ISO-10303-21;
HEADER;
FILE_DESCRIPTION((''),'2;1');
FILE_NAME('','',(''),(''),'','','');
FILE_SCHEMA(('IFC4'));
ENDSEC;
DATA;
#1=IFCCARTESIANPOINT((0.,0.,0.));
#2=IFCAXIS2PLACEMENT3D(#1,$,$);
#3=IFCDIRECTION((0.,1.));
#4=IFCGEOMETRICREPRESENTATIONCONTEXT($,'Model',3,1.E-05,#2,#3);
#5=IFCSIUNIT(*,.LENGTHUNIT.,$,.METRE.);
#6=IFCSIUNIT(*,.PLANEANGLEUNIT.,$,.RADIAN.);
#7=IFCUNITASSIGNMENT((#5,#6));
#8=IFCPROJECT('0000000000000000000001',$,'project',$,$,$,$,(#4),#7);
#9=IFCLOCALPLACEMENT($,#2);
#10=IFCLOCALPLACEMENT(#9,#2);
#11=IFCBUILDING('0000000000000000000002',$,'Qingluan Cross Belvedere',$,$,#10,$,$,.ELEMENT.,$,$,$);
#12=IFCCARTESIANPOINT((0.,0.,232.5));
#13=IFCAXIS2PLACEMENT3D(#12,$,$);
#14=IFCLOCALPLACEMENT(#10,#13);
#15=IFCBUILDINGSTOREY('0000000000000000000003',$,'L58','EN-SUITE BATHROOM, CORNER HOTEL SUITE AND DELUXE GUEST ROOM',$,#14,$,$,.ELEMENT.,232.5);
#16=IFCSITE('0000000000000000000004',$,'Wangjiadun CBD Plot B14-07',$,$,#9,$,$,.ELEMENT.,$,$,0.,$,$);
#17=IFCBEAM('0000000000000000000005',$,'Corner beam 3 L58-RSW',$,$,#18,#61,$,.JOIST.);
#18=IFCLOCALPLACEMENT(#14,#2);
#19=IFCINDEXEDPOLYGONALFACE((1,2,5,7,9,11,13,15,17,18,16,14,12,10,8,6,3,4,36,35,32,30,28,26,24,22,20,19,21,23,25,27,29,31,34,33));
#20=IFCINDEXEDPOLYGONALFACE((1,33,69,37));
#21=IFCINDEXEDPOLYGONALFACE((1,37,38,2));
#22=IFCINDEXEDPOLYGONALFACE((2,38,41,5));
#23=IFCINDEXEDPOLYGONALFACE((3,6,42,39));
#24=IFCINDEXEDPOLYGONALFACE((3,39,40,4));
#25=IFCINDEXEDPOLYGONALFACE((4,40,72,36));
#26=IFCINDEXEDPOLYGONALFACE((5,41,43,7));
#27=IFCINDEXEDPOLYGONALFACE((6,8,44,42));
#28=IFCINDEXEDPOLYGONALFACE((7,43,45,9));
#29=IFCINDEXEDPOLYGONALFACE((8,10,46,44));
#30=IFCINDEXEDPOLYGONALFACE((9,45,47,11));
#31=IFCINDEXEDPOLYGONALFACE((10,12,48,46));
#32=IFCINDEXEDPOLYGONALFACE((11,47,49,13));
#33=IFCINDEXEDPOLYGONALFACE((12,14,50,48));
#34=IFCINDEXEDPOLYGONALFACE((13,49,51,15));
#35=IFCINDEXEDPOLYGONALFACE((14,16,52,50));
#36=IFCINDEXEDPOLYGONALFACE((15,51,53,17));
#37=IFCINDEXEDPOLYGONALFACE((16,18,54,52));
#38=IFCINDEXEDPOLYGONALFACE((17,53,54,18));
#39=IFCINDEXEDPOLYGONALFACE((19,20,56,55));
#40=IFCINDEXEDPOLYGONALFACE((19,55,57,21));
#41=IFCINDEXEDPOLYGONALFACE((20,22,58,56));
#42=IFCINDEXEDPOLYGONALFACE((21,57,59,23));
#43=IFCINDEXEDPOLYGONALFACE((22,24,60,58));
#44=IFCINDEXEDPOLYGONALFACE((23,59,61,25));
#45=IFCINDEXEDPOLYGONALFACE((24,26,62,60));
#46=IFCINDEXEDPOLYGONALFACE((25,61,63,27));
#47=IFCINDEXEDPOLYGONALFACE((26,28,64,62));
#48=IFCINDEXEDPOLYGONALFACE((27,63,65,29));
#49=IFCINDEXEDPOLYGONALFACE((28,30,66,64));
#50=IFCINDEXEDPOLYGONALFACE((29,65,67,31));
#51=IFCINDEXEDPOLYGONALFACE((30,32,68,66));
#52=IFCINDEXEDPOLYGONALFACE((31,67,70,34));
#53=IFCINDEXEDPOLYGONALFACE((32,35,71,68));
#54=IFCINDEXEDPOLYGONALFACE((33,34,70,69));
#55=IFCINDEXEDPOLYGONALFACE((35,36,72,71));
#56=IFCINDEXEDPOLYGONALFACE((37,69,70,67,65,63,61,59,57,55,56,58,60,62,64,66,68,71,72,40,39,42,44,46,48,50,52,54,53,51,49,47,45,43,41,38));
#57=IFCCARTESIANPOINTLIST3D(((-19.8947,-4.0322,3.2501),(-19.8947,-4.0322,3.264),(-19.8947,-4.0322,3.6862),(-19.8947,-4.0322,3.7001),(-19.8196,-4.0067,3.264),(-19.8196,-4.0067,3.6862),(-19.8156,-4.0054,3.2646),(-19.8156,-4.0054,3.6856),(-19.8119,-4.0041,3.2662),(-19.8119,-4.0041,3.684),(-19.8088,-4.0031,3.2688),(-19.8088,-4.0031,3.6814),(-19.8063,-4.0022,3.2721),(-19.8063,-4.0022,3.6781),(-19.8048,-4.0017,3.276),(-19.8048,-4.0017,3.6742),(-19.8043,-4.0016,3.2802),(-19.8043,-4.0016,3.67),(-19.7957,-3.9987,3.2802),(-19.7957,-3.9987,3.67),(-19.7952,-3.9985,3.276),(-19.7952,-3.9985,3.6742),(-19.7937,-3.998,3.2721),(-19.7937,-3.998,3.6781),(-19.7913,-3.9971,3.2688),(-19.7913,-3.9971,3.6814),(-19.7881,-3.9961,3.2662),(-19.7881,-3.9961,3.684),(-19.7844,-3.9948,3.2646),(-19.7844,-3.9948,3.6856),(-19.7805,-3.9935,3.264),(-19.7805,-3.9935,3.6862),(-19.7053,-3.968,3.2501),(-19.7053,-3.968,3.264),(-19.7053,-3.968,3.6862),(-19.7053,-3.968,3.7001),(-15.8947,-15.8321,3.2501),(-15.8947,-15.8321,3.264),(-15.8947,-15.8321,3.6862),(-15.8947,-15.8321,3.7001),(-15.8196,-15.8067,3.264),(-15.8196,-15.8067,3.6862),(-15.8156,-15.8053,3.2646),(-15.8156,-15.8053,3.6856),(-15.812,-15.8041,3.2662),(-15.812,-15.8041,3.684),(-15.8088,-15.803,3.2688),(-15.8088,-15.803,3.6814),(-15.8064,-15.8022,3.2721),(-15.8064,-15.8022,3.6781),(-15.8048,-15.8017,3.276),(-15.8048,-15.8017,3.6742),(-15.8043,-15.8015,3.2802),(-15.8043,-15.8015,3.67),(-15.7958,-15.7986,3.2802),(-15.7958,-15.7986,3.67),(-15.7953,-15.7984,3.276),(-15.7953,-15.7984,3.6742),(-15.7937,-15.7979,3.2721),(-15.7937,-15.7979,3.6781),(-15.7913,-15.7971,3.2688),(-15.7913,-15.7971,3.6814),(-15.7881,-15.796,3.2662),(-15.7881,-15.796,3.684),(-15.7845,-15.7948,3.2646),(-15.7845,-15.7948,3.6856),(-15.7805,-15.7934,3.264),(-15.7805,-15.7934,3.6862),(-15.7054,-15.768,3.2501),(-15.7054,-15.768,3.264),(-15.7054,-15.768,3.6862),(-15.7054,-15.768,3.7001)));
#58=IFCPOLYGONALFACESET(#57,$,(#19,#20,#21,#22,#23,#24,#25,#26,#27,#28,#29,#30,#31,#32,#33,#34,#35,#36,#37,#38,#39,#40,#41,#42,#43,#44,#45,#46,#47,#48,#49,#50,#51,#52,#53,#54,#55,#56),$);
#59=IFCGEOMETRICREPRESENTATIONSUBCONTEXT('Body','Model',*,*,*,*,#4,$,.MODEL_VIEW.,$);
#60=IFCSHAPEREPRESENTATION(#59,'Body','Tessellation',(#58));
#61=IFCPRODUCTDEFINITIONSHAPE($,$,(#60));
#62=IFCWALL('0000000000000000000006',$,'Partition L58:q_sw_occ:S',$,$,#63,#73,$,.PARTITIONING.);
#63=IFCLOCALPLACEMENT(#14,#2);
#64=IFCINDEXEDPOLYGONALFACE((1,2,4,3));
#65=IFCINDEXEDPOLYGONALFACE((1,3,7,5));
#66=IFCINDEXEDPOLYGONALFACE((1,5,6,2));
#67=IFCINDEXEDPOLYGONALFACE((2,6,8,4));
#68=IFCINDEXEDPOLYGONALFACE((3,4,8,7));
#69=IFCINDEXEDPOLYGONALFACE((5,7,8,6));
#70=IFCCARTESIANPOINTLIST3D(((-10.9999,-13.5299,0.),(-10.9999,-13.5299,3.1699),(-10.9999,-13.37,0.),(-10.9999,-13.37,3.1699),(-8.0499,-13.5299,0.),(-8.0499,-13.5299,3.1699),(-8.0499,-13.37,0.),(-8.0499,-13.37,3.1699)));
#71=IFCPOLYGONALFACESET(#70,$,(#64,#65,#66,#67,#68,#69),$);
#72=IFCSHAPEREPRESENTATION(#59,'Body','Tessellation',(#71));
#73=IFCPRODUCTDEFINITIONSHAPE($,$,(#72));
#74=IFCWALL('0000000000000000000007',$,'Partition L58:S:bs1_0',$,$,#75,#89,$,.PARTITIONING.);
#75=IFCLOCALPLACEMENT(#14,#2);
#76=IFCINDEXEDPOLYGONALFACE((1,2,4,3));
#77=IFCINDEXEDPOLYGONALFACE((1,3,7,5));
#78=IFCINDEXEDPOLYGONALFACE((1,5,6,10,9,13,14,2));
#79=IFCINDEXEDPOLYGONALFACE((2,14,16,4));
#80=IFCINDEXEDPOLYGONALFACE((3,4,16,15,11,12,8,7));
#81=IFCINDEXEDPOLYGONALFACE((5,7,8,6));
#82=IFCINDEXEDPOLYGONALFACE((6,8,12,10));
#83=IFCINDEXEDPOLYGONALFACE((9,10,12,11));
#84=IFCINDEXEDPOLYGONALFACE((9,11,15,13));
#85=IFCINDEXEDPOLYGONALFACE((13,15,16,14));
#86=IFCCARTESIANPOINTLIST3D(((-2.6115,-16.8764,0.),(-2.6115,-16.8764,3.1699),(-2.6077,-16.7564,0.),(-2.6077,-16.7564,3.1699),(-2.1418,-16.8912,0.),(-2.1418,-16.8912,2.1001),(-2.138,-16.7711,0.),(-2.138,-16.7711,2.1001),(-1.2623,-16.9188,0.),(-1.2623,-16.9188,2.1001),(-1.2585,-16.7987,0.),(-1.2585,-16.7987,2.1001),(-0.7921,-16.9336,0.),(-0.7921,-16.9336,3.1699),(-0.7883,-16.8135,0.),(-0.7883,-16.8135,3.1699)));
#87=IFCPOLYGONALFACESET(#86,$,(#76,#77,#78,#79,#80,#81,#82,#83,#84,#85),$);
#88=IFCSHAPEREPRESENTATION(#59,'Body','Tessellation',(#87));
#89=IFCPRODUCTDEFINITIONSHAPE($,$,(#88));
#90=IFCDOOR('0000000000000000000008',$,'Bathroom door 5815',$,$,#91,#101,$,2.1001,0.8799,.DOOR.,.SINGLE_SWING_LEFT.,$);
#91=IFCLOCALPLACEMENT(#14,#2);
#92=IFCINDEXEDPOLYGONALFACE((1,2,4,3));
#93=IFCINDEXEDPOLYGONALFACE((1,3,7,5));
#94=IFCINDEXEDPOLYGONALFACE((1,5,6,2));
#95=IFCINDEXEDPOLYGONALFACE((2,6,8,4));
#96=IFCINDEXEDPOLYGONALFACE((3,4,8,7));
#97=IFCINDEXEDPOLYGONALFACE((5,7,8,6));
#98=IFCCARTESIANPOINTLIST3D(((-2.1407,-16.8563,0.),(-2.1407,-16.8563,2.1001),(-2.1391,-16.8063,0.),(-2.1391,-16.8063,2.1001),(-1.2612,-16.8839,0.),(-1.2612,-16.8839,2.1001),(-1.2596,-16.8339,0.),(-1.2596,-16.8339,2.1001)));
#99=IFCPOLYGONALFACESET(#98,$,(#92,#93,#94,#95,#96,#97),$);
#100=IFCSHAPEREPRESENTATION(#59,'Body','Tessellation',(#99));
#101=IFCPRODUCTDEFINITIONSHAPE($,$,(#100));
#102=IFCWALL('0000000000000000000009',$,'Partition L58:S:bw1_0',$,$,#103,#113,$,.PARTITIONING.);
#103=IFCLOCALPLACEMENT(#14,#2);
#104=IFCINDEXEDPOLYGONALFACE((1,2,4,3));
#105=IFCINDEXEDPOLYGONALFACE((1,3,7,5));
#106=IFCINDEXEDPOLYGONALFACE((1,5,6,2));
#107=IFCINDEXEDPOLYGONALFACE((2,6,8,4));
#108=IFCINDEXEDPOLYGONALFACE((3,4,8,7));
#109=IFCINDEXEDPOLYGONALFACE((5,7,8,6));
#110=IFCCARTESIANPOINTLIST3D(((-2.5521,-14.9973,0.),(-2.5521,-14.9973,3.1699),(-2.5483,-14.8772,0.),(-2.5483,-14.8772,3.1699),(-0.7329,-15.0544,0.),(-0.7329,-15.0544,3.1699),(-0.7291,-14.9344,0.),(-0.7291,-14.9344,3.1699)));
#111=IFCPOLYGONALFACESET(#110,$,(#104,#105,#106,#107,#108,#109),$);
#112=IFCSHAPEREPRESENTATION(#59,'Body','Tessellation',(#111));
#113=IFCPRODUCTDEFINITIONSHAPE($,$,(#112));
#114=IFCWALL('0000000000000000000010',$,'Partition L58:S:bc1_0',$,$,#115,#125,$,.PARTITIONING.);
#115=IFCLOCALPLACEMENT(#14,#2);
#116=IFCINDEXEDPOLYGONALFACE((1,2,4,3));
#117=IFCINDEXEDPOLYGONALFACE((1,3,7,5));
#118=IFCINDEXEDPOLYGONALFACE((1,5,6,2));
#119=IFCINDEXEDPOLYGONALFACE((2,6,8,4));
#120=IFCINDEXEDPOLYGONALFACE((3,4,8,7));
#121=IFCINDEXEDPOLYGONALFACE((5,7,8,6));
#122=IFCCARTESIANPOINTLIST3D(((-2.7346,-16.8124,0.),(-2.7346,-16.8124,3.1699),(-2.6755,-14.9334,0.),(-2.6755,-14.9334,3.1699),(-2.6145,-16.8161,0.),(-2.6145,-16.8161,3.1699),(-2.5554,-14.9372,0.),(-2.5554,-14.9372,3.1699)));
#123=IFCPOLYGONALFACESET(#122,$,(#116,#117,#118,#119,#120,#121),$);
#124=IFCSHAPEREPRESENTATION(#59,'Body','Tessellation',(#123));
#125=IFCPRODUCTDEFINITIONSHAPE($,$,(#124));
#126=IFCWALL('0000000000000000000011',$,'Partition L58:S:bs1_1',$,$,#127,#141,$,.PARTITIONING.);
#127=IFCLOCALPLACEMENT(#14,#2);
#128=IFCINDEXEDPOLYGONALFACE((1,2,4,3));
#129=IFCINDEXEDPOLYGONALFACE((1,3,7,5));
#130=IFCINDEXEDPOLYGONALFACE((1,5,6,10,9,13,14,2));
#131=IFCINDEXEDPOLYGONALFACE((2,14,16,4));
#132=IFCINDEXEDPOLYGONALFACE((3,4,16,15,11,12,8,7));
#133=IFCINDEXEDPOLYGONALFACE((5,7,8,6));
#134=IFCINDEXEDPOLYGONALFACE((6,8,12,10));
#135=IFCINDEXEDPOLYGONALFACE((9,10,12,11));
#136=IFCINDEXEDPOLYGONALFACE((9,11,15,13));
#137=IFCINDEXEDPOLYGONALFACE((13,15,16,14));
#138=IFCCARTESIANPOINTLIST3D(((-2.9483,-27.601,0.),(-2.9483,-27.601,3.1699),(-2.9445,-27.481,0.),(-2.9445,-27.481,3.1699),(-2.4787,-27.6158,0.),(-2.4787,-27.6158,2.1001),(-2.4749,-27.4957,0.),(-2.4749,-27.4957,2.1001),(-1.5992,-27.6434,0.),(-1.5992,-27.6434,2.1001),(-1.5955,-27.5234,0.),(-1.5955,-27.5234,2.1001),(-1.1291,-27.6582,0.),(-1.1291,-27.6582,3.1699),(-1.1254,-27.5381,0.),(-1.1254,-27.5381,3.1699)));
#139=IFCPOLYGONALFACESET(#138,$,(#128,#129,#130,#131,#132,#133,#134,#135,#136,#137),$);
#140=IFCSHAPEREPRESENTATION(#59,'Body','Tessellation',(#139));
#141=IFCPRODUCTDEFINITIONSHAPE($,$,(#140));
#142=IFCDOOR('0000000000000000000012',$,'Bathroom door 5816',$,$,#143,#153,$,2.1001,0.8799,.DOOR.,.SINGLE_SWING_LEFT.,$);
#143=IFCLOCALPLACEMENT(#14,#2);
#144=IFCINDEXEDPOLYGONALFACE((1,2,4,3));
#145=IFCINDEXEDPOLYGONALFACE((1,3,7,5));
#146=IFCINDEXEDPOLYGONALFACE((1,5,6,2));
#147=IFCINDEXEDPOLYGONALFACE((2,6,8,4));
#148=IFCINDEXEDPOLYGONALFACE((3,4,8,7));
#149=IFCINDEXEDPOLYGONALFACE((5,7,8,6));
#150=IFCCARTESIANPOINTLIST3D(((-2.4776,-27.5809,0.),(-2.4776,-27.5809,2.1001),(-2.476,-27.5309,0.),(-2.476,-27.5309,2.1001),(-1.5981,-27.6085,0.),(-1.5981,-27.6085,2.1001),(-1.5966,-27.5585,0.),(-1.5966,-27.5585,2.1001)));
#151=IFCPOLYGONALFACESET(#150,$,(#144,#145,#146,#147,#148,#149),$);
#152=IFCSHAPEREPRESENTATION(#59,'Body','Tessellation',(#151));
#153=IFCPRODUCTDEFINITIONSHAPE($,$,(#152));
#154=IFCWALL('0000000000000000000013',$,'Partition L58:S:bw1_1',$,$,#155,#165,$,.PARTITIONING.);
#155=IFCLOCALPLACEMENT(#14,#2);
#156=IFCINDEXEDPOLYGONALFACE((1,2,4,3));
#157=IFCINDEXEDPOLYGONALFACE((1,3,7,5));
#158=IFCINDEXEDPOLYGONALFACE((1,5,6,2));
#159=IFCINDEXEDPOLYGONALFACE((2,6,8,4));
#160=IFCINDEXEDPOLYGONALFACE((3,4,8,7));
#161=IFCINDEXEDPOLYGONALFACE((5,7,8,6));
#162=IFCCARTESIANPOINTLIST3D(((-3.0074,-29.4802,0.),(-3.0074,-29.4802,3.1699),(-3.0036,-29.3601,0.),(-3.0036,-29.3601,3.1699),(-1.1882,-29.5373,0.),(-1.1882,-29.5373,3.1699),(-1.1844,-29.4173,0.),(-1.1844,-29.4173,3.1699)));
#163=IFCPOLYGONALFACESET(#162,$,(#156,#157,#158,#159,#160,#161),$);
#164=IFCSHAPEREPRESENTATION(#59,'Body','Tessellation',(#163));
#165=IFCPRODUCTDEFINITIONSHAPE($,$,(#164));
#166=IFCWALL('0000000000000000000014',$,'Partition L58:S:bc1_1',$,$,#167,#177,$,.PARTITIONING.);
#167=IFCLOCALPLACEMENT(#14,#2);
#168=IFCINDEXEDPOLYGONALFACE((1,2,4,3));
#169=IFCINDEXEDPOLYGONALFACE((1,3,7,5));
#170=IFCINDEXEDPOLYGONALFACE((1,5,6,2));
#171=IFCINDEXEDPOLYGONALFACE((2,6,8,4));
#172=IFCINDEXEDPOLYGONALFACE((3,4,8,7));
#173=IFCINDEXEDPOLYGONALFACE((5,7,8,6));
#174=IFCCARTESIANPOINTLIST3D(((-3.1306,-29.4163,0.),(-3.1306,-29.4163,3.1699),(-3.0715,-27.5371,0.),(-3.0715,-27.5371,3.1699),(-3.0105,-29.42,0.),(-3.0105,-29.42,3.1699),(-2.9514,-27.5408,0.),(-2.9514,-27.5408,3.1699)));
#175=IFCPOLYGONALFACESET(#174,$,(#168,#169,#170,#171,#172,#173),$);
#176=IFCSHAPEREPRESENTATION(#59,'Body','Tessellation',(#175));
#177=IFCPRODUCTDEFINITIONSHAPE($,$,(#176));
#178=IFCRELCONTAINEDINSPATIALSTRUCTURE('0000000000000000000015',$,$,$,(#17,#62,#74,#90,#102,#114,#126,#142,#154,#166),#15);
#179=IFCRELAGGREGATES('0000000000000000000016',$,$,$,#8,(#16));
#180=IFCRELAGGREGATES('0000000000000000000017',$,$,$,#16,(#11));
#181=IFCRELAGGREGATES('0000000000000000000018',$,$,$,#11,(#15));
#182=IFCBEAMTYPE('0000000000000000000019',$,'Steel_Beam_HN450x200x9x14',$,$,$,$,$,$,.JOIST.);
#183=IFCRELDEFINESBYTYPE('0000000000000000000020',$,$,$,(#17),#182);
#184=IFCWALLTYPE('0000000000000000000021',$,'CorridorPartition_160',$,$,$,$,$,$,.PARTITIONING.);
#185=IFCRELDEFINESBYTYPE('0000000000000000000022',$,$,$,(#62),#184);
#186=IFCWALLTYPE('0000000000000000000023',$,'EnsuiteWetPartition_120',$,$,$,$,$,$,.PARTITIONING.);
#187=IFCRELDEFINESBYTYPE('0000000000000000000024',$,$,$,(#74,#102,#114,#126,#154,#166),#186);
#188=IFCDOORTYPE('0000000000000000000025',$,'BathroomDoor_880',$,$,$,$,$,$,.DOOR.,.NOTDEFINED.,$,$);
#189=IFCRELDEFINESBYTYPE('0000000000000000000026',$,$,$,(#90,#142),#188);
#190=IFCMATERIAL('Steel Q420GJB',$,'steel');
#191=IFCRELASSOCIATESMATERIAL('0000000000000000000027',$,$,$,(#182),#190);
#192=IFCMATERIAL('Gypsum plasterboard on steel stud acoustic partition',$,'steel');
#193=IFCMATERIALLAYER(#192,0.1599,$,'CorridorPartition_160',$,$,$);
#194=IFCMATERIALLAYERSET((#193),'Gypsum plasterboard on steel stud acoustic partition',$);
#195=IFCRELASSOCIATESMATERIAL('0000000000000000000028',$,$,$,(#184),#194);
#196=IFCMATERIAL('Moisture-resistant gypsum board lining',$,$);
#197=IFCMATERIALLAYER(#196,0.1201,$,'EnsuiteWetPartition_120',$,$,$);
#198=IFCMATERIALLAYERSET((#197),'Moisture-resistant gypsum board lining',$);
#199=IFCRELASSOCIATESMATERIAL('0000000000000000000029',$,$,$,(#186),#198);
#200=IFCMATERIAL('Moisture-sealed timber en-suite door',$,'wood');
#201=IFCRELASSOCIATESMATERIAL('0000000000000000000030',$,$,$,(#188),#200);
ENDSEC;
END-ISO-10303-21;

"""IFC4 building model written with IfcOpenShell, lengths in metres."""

from ifc_helpers import new_model, si_unit, direction, frame, frame_2d, origin, origin_2d, place, context, subcontext, project, spatial, rectangle, i_section, extrude, material, layer, layer_set, material_profile, profile_set, type_object, element, fill, save


model = new_model("IFC4")

# Units and contexts
model_context = context("Model", 3, precision=1e-05, world=origin(), true_north=direction((0.0, 1.0)))
body_context = subcontext(model_context, "Body", "Model", "MODEL_VIEW")
ifc_project = project(units=[si_unit("LENGTHUNIT", "METRE"), si_unit("PLANEANGLEUNIT", "RADIAN")], contexts=[model_context])

# Site, building, storey
site_placement = place(None, origin())
site = spatial("IfcSite", under=ifc_project, at=site_placement, Name="Wangjiadun CBD Plot B14-07", CompositionType="ELEMENT", RefElevation=0.0)
building_placement = place(site_placement, origin())
building = spatial("IfcBuilding", under=site, at=building_placement, Name="Qingluan Cross Belvedere", CompositionType="ELEMENT")
storey_placement = place(building_placement, frame((0.0, 0.0, 232.5)))
storey = spatial("IfcBuildingStorey", under=building, at=storey_placement, Name="L58", Description="EN-SUITE BATHROOM, CORNER HOTEL SUITE AND DELUXE GUEST ROOM", CompositionType="ELEMENT", Elevation=232.5)

# Beam
ifc_material_1 = material(Name="Steel Q420GJB", Category="steel")
ifc_material_profile_1 = material_profile(ifc_material_1, i_section(OverallWidth=0.2, OverallDepth=0.45, WebThickness=0.009, FlangeThickness=0.0139, FilletRadius=0.0161, at=origin_2d()), Name="HN450x200x9x14")
ifc_profile_set_1 = profile_set([ifc_material_profile_1], Name="Steel Q420GJB")
beam_type_1 = type_object("IfcBeamType", Name="Steel_Beam_HN450x200x9x14", PredefinedType="JOIST", material=ifc_profile_set_1)
for number, where, z_axis, x_axis, name in (
    (1, (-15.8, -15.8, 3.4751), (-0.321038, 0.947066, 0.0), (-0.947066, -0.321038, 0.0), "Corner beam 3 L58-RSW"),
):
    element("IfcBeam", number, at=place(storey_placement, frame(where, z_axis=z_axis, x_axis=x_axis)), inside=storey, type_object=beam_type_1, Name=name, PredefinedType="JOIST", context=body_context, shape_type="SweptSolid", body=[
        extrude(i_section(OverallWidth=0.2, OverallDepth=0.45, WebThickness=0.009, FlangeThickness=0.0139, FilletRadius=0.0161, at=origin_2d()), origin(), (0.0, 0.0, 1.0), 12.4595),
    ])

# Wall
ifc_material_2 = material(Name="Gypsum plasterboard on steel stud acoustic partition", Category="steel")
ifc_layer_1 = layer(ifc_material_2, 0.1599, Name="CorridorPartition_160")
ifc_layer_set_1 = layer_set([ifc_layer_1], Name="Gypsum plasterboard on steel stud acoustic partition")
wall_type_1 = type_object("IfcWallType", Name="CorridorPartition_160", PredefinedType="PARTITIONING", material=ifc_layer_set_1)
wall_1_placement = place(storey_placement, frame((-11.0, -13.45, 0.0), z_axis=(0.0, 0.0, 1.0), x_axis=(1.0, 0.0, 0.0)))
element("IfcWall", 2, at=wall_1_placement, inside=storey, type_object=wall_type_1, Name="Partition L58:q_sw_occ:S", PredefinedType="PARTITIONING", context=body_context, shape_type="SweptSolid", body=[
    extrude(rectangle(XDim=2.95, YDim=0.1599, at=frame_2d((1.4751, 0.0))), origin(), (0.0, 0.0, 1.0), 3.1699),
])

# Wall, opening, door
ifc_material_3 = material(Name="Moisture-resistant gypsum board lining")
ifc_layer_2 = layer(ifc_material_3, 0.1201, Name="EnsuiteWetPartition_120")
ifc_layer_set_2 = layer_set([ifc_layer_2], Name="Moisture-resistant gypsum board lining")
wall_type_2 = type_object("IfcWallType", Name="EnsuiteWetPartition_120", PredefinedType="PARTITIONING", material=ifc_layer_set_2)
wall_2_placement = place(storey_placement, frame((-2.6096, -16.8164, 0.0), z_axis=(0.0, 0.0, 1.0), x_axis=(0.999507, -0.031385, 0.0)))
wall_2 = element("IfcWall", 3, at=wall_2_placement, inside=storey, type_object=wall_type_2, Name="Partition L58:S:bs1_0", PredefinedType="PARTITIONING", context=body_context, shape_type="SweptSolid", body=[
    extrude(rectangle(XDim=1.8203, YDim=0.1201, at=frame_2d((0.9102, 0.0))), origin(), (0.0, 0.0, 1.0), 3.1699),
])
opening_1_placement = place(wall_2_placement, frame((0.47, 0.0, 0.0)))
opening_1 = element("IfcOpeningElement", 4, at=opening_1_placement, cuts=wall_2, PredefinedType="OPENING", context=body_context, shape_type="SweptSolid", body=[
    extrude(rectangle(XDim=0.8799, YDim=2.1001, at=frame_2d((0.4399, 1.05))), frame((0.0, 0.0701, 0.0), z_axis=(0.0, -1.0, 0.0), x_axis=(1.0, 0.0, 0.0)), (0.0, 0.0, 1.0), 0.1401),
])
ifc_material_4 = material(Name="Moisture-sealed timber en-suite door", Category="wood")
door_type = type_object("IfcDoorType", Name="BathroomDoor_880", OperationType="NOTDEFINED", PredefinedType="DOOR", material=ifc_material_4)
door_1_placement = place(opening_1_placement, origin())
door_1 = element("IfcDoor", 5, at=door_1_placement, inside=storey, type_object=door_type, Name="Bathroom door 5815", OperationType="SINGLE_SWING_LEFT", OverallHeight=2.1001, OverallWidth=0.8799, PredefinedType="DOOR", context=body_context, shape_type="SweptSolid", body=[
    extrude(rectangle(XDim=0.8799, YDim=2.1001, at=frame_2d((0.4399, 1.05))), frame((0.0, 0.0249, 0.0), z_axis=(0.0, -1.0, 0.0), x_axis=(1.0, 0.0, 0.0)), (0.0, 0.0, 1.0), 0.05),
])
fill(opening_1, door_1)

# Walls
wall_3_placement = place(storey_placement, frame((-2.5503, -14.9373, 0.0), z_axis=(0.0, 0.0, 1.0), x_axis=(0.999507, -0.03139, 0.0)))
element("IfcWall", 6, at=wall_3_placement, inside=storey, type_object=wall_type_2, Name="Partition L58:S:bw1_0", PredefinedType="PARTITIONING", context=body_context, shape_type="SweptSolid", body=[
    extrude(rectangle(XDim=1.8201, YDim=0.1201, at=frame_2d((0.9102, 0.0))), origin(), (0.0, 0.0, 1.0), 3.1699),
])
wall_4_placement = place(storey_placement, frame((-2.6155, -14.9353, 0.0), z_axis=(0.0, 0.0, 1.0), x_axis=(-0.031429, -0.999506, 0.0)))
element("IfcWall", 7, at=wall_4_placement, inside=storey, type_object=wall_type_2, Name="Partition L58:S:bc1_0", PredefinedType="PARTITIONING", context=body_context, shape_type="SweptSolid", body=[
    extrude(rectangle(XDim=1.8799, YDim=0.1201, at=frame_2d((0.9399, 0.0))), origin(), (0.0, 0.0, 1.0), 3.1699),
])

# Wall, opening, door
wall_5_placement = place(storey_placement, frame((-2.9465, -27.541, 0.0), z_axis=(0.0, 0.0, 1.0), x_axis=(0.999507, -0.03139, 0.0)))
wall_5 = element("IfcWall", 8, at=wall_5_placement, inside=storey, type_object=wall_type_2, Name="Partition L58:S:bs1_1", PredefinedType="PARTITIONING", context=body_context, shape_type="SweptSolid", body=[
    extrude(rectangle(XDim=1.8201, YDim=0.1201, at=frame_2d((0.9102, 0.0))), origin(), (0.0, 0.0, 1.0), 3.1699),
])
opening_2_placement = place(wall_5_placement, frame((0.47, 0.0, 0.0)))
opening_2 = element("IfcOpeningElement", 9, at=opening_2_placement, cuts=wall_5, PredefinedType="OPENING", context=body_context, shape_type="SweptSolid", body=[
    extrude(rectangle(XDim=0.8799, YDim=2.1001, at=frame_2d((0.4399, 1.05))), frame((0.0, 0.0701, 0.0), z_axis=(0.0, -1.0, 0.0), x_axis=(1.0, 0.0, 0.0)), (0.0, 0.0, 1.0), 0.1401),
])
door_2_placement = place(opening_2_placement, origin())
door_2 = element("IfcDoor", 10, at=door_2_placement, inside=storey, type_object=door_type, Name="Bathroom door 5816", OperationType="SINGLE_SWING_LEFT", OverallHeight=2.1001, OverallWidth=0.8799, PredefinedType="DOOR", context=body_context, shape_type="SweptSolid", body=[
    extrude(rectangle(XDim=0.8799, YDim=2.1001, at=frame_2d((0.4399, 1.05))), frame((0.0, 0.0249, 0.0), z_axis=(0.0, -1.0, 0.0), x_axis=(1.0, 0.0, 0.0)), (0.0, 0.0, 1.0), 0.05),
])
fill(opening_2, door_2)

# Walls
wall_6_placement = place(storey_placement, frame((-3.0056, -29.4202, 0.0), z_axis=(0.0, 0.0, 1.0), x_axis=(0.999507, -0.03139, 0.0)))
element("IfcWall", 11, at=wall_6_placement, inside=storey, type_object=wall_type_2, Name="Partition L58:S:bw1_1", PredefinedType="PARTITIONING", context=body_context, shape_type="SweptSolid", body=[
    extrude(rectangle(XDim=1.8201, YDim=0.1201, at=frame_2d((0.9102, 0.0))), origin(), (0.0, 0.0, 1.0), 3.1699),
])
wall_7_placement = place(storey_placement, frame((-3.0115, -27.5391, 0.0), z_axis=(0.0, 0.0, 1.0), x_axis=(-0.031425, -0.999506, 0.0)))
element("IfcWall", 12, at=wall_7_placement, inside=storey, type_object=wall_type_2, Name="Partition L58:S:bc1_1", PredefinedType="PARTITIONING", context=body_context, shape_type="SweptSolid", body=[
    extrude(rectangle(XDim=1.8801, YDim=0.1201, at=frame_2d((0.9399, 0.0))), origin(), (0.0, 0.0, 1.0), 3.1699),
])

save(model, "model.ifc")
